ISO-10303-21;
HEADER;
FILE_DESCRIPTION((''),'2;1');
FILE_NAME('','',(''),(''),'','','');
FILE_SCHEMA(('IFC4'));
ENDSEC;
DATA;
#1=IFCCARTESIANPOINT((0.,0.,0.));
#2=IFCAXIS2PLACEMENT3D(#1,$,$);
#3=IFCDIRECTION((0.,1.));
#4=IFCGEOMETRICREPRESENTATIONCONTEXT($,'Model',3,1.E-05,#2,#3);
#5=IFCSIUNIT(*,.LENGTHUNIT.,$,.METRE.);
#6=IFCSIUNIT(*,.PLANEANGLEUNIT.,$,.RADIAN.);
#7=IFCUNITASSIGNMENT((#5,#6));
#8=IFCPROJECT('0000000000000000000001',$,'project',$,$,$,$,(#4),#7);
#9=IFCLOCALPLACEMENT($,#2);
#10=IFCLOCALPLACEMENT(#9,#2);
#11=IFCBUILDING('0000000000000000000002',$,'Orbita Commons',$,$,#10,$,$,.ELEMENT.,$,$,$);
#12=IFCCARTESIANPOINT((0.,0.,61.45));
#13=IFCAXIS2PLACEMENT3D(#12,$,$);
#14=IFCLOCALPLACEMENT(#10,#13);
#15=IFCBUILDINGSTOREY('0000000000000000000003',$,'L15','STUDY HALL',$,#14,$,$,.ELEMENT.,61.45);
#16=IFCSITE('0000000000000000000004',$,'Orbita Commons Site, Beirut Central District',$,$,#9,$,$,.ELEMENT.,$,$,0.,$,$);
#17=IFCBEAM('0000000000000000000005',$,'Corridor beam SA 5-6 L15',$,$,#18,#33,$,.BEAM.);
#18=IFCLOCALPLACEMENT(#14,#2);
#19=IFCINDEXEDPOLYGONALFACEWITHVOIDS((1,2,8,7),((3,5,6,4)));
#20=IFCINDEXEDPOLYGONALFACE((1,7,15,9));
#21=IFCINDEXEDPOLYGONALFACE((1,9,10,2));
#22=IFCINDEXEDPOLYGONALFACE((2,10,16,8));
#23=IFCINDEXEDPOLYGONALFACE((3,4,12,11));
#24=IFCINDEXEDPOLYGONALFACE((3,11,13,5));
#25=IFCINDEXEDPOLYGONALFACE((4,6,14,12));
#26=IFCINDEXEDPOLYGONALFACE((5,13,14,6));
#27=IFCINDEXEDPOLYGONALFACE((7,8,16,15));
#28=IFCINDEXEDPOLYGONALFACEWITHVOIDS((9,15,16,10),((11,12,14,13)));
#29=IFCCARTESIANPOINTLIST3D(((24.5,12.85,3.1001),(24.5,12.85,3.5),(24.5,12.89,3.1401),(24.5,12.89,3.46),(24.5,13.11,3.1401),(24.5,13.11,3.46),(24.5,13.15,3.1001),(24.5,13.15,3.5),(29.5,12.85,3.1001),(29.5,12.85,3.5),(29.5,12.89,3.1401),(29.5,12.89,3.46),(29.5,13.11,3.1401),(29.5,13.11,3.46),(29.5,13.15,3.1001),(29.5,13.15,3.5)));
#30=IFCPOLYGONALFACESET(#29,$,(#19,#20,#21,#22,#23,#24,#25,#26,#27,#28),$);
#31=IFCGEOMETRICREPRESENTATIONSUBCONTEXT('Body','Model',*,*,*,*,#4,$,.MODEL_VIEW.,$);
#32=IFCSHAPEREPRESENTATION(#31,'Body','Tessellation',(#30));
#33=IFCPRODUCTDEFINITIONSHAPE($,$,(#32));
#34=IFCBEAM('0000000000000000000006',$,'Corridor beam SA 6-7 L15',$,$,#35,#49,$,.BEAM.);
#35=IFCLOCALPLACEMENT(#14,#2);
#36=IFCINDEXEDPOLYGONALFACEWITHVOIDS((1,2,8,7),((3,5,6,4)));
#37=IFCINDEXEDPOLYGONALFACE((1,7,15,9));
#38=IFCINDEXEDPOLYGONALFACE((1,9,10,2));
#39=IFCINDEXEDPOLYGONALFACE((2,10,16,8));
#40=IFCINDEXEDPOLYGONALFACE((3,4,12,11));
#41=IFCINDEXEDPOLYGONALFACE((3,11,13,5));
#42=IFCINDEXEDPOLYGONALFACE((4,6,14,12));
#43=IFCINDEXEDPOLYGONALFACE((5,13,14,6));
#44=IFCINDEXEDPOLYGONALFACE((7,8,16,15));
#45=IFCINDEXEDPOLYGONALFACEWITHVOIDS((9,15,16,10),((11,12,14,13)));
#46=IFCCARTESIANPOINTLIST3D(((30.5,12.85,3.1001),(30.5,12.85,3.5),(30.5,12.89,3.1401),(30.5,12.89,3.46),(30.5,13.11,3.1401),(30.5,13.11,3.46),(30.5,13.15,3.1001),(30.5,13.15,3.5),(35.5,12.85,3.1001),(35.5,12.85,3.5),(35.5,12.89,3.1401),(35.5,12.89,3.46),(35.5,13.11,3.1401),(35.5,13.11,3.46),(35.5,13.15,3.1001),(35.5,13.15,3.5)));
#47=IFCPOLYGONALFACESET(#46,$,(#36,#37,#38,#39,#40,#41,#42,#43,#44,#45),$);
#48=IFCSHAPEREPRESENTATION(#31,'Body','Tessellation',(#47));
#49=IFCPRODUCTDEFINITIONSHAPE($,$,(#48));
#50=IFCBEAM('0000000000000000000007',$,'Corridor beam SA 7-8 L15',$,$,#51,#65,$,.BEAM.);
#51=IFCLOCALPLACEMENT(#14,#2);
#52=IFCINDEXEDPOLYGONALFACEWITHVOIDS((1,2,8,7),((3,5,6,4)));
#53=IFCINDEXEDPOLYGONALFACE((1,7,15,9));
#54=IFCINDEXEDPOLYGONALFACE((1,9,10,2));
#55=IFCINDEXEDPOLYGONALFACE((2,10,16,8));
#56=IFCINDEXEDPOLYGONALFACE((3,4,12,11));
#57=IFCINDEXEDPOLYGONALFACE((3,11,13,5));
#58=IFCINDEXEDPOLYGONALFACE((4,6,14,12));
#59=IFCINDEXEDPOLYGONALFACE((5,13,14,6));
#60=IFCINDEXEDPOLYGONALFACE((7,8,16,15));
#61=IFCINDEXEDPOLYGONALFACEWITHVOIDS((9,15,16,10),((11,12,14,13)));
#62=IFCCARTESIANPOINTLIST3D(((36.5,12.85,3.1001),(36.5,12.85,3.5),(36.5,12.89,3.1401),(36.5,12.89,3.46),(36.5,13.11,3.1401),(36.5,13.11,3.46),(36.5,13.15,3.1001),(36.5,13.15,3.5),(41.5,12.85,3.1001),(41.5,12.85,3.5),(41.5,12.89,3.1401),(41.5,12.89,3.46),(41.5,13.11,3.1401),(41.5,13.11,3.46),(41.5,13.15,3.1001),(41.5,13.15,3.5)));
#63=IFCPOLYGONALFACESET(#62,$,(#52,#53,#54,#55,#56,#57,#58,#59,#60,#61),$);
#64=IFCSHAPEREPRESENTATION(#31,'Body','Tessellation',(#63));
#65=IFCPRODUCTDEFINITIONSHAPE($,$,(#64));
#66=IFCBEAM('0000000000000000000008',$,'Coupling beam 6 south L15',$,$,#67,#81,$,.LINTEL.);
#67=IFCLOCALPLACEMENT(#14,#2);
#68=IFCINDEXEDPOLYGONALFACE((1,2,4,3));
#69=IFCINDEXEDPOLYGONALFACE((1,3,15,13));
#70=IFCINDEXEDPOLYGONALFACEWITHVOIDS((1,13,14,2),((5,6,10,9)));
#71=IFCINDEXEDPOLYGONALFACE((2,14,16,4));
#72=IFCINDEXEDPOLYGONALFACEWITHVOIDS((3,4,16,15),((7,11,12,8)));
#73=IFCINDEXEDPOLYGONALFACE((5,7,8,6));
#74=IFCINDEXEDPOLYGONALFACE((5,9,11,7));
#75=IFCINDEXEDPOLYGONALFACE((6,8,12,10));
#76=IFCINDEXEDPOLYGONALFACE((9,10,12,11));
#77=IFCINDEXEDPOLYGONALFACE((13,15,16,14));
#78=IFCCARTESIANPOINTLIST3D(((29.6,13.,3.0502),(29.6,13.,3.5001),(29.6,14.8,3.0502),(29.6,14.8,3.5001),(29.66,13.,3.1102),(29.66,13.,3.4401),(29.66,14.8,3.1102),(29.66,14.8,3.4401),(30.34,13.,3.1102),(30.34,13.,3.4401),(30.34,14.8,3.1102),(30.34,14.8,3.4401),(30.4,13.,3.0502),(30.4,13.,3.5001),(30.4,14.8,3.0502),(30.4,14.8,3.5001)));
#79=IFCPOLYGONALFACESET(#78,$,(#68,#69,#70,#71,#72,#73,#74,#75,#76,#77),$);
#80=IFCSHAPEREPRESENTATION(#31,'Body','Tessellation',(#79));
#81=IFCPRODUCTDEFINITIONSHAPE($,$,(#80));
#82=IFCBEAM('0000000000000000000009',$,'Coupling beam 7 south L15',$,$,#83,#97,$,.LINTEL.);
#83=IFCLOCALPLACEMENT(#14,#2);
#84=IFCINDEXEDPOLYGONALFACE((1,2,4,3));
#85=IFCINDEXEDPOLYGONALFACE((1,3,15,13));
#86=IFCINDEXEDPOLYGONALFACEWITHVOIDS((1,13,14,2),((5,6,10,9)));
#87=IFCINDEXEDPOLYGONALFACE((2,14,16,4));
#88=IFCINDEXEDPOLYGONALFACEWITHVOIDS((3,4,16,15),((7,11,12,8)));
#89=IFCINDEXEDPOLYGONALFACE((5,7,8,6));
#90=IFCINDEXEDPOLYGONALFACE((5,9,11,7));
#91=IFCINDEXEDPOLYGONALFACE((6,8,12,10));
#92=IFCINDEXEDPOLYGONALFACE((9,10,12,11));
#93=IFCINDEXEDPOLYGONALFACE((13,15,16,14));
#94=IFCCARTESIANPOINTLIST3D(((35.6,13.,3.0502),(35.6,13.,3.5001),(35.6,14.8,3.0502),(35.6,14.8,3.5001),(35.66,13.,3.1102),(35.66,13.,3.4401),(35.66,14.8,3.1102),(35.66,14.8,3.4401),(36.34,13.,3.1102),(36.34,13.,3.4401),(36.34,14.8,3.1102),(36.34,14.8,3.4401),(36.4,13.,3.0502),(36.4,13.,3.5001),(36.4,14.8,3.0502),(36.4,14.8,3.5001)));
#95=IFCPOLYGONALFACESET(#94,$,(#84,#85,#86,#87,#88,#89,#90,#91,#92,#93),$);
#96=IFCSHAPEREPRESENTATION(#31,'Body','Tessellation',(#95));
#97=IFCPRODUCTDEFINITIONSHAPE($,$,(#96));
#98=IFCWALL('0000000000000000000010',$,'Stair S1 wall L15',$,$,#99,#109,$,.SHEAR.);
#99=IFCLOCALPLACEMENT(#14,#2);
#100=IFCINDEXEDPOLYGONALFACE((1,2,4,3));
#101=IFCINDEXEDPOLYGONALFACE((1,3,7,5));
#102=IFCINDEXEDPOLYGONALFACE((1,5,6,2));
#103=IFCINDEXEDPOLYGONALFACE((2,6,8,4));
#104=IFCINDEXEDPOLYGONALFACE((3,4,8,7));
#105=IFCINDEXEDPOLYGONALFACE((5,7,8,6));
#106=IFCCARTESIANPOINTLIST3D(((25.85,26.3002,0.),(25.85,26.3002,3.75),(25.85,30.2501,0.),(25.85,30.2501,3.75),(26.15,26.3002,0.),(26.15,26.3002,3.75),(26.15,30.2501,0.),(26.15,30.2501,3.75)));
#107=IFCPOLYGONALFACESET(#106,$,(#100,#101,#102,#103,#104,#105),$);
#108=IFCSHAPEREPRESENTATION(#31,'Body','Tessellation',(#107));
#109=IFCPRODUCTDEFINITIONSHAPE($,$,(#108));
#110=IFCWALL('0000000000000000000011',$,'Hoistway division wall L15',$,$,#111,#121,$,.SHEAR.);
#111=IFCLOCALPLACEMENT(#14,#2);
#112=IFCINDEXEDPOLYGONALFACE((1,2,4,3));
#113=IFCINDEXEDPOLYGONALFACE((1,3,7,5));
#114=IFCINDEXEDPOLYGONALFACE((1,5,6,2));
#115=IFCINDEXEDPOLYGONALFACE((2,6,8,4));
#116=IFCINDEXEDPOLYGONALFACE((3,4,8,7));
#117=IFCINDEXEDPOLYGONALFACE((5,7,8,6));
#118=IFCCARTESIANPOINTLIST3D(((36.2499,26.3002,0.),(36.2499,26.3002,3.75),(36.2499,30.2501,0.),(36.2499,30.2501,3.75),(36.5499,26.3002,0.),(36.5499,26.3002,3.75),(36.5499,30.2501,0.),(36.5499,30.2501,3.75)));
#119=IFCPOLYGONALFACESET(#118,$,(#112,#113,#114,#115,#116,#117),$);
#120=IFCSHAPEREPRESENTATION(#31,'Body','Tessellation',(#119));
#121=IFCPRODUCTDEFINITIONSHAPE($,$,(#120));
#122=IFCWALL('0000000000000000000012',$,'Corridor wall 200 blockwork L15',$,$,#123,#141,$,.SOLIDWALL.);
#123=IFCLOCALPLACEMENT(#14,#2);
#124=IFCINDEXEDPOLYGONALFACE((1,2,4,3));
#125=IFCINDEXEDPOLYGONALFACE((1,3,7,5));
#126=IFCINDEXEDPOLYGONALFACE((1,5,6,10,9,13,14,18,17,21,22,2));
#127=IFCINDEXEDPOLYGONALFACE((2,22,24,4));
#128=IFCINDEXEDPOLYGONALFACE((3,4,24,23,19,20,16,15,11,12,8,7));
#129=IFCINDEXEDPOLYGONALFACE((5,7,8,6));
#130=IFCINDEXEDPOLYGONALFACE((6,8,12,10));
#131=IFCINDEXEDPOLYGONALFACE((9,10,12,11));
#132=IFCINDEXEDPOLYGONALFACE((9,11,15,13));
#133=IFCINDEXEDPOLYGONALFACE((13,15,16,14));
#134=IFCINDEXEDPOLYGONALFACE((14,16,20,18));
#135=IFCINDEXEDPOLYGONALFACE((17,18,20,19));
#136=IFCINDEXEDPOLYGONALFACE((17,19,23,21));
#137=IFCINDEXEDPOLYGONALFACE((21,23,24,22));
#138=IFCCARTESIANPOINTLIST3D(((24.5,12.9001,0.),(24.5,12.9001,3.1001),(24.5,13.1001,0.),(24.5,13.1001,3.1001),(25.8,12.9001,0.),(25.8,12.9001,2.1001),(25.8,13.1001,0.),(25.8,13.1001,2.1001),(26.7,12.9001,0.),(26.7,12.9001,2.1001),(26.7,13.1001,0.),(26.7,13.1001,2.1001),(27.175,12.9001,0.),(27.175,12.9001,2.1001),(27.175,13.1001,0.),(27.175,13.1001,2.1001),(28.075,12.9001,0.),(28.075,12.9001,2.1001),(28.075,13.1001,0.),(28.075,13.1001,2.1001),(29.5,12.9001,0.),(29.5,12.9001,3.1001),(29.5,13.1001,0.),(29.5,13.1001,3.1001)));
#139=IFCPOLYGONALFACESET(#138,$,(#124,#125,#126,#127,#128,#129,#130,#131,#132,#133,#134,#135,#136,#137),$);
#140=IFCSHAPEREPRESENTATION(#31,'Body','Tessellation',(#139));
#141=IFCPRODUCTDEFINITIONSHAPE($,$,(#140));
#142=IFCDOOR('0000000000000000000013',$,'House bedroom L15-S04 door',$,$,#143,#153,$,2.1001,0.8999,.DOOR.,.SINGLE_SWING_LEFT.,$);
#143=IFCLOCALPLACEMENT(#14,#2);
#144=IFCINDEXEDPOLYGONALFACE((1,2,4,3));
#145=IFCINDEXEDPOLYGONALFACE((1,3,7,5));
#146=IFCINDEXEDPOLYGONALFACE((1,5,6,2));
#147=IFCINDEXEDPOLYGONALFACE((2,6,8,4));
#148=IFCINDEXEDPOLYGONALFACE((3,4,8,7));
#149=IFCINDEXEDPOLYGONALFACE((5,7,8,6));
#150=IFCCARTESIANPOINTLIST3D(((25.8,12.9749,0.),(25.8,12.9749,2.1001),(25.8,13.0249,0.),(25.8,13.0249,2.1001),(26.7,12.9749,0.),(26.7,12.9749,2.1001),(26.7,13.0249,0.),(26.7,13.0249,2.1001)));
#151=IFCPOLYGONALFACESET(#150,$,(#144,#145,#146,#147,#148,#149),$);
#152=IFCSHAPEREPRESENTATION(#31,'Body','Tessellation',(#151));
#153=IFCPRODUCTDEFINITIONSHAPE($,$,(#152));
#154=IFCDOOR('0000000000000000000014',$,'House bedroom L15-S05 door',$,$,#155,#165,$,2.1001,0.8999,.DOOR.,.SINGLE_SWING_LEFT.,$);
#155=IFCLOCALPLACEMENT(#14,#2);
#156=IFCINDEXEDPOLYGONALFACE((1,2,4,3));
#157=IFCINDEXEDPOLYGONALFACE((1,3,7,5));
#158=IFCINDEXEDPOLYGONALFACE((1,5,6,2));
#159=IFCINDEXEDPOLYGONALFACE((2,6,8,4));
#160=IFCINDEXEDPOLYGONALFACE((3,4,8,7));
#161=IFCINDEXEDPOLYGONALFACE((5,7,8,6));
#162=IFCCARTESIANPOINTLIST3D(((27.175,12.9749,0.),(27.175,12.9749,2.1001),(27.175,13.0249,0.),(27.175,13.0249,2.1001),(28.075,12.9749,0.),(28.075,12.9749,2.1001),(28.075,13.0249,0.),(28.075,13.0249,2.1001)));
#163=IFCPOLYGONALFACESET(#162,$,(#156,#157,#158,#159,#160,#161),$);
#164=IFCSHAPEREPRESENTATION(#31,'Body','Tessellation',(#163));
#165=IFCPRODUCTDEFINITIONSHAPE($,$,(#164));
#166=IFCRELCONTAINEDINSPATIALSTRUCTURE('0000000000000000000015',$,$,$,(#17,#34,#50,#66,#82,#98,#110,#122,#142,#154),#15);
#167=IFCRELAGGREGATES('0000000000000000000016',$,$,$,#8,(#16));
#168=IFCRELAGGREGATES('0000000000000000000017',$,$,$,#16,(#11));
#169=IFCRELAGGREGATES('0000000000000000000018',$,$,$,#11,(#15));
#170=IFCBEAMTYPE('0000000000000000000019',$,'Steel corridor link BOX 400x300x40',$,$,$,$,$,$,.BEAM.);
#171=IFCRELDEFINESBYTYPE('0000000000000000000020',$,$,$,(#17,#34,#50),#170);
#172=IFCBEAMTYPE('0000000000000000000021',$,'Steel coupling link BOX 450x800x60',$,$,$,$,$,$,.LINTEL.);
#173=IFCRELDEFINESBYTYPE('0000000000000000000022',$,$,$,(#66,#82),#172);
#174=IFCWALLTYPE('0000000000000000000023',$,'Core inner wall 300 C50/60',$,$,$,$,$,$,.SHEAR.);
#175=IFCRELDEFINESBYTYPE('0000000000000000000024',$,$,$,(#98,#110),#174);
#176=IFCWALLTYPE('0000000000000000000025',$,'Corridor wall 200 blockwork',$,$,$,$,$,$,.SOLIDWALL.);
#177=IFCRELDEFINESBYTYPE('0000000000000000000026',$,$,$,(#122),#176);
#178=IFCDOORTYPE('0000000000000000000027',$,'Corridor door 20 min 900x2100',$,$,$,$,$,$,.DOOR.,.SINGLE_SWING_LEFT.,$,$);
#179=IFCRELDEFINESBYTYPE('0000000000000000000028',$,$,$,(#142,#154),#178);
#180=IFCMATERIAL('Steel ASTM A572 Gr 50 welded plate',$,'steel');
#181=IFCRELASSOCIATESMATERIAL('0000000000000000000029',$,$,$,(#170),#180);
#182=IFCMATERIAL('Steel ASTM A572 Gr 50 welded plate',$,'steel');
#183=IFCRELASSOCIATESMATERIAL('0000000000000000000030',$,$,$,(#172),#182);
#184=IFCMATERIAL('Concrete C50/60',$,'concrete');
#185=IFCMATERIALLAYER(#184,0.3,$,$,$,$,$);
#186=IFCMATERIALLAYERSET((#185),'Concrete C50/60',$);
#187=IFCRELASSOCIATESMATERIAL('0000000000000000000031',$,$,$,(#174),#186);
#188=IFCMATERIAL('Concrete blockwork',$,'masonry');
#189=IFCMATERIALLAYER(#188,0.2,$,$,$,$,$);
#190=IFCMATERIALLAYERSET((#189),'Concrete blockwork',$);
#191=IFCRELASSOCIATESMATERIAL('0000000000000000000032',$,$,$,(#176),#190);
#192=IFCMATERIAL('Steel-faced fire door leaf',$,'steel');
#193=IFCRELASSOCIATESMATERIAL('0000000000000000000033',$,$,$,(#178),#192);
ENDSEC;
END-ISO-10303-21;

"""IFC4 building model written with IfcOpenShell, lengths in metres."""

from ifc_helpers import new_model, si_unit, direction, frame, frame_2d, origin, origin_2d, place, context, subcontext, project, spatial, polyline, rectangle, hollow_rectangle, outline, extrude, material, layer, layer_set, material_profile, profile_set, type_object, element, fill, save


model = new_model("IFC4")

# Units and contexts
model_context = context("Model", 3, precision=1e-05, world=origin(), true_north=direction((0.0, 1.0)))
body_context = subcontext(model_context, "Body", "Model", "MODEL_VIEW")
ifc_project = project(units=[si_unit("LENGTHUNIT", "METRE"), si_unit("PLANEANGLEUNIT", "RADIAN")], contexts=[model_context])

# Site, building, storey
site_placement = place(None, origin())
site = spatial("IfcSite", under=ifc_project, at=site_placement, Name="Orbita Commons Site, Beirut Central District", CompositionType="ELEMENT", RefElevation=0.0)
building_placement = place(site_placement, origin())
building = spatial("IfcBuilding", under=site, at=building_placement, Name="Orbita Commons", CompositionType="ELEMENT")
storey_placement = place(building_placement, frame((0.0, 0.0, 61.45)))
storey = spatial("IfcBuildingStorey", under=building, at=storey_placement, Name="L15", Description="STUDY HALL", CompositionType="ELEMENT", Elevation=61.45)

# Beams
ifc_material_1 = material(Name="Steel ASTM A572 Gr 50 welded plate", Category="steel")
ifc_material_profile_1 = material_profile(ifc_material_1, hollow_rectangle(XDim=0.3, YDim=0.3999, WallThickness=0.04, at=origin_2d()), Name="BOX 400x300x40")
ifc_profile_set_1 = profile_set([ifc_material_profile_1], Name="Steel ASTM A572 Gr 50 welded plate")
beam_type_1 = type_object("IfcBeamType", Name="Steel corridor link BOX 400x300x40", PredefinedType="BEAM", material=ifc_profile_set_1)
for number, where, z_axis, x_axis, name in (
    (1, (24.5, 13.0, 3.3), (1.0, 0.0, 0.0), (0.0, 1.0, 0.0), "Corridor beam SA 5-6 L15"),
    (2, (30.5, 13.0, 3.3), (1.0, 0.0, 0.0), (0.0, 1.0, 0.0), "Corridor beam SA 6-7 L15"),
    (3, (36.5, 13.0, 3.3), (1.0, 0.0, 0.0), (0.0, 1.0, 0.0), "Corridor beam SA 7-8 L15"),
):
    element("IfcBeam", number, at=place(storey_placement, frame(where, z_axis=z_axis, x_axis=x_axis)), inside=storey, type_object=beam_type_1, Name=name, PredefinedType="BEAM", context=body_context, shape_type="SweptSolid", body=[
        extrude(hollow_rectangle(XDim=0.3, YDim=0.3999, WallThickness=0.04, at=origin_2d()), origin(), (0.0, 0.0, 1.0), 5.0),
    ])
ifc_material_2 = material(Name="Steel ASTM A572 Gr 50 welded plate", Category="steel")
ifc_material_profile_2 = material_profile(ifc_material_2, hollow_rectangle(XDim=0.8, YDim=0.45, WallThickness=0.0601, at=origin_2d()), Name="BOX 450x800x60")
ifc_profile_set_2 = profile_set([ifc_material_profile_2], Name="Steel ASTM A572 Gr 50 welded plate")
beam_type_2 = type_object("IfcBeamType", Name="Steel coupling link BOX 450x800x60", PredefinedType="LINTEL", material=ifc_profile_set_2)
for number, where, z_axis, x_axis, name in (
    (4, (30.0, 13.0, 3.2751), (0.0, 1.0, 0.0), (-1.0, 0.0, 0.0), "Coupling beam 6 south L15"),
    (5, (36.0, 13.0, 3.2751), (0.0, 1.0, 0.0), (-1.0, 0.0, 0.0), "Coupling beam 7 south L15"),
):
    element("IfcBeam", number, at=place(storey_placement, frame(where, z_axis=z_axis, x_axis=x_axis)), inside=storey, type_object=beam_type_2, Name=name, PredefinedType="LINTEL", context=body_context, shape_type="SweptSolid", body=[
        extrude(hollow_rectangle(XDim=0.8, YDim=0.45, WallThickness=0.0601, at=origin_2d()), origin(), (0.0, 0.0, 1.0), 1.8),
    ])

# Walls
ifc_material_3 = material(Name="Concrete C50/60", Category="concrete")
ifc_layer_1 = layer(ifc_material_3, 0.3)
ifc_layer_set_1 = layer_set([ifc_layer_1], Name="Concrete C50/60")
wall_type_1 = type_object("IfcWallType", Name="Core inner wall 300 C50/60", PredefinedType="SHEAR", material=ifc_layer_set_1)
for number, where, z_axis, x_axis, name in (
    (6, (26.0, 26.3, 0.0), (0.0, 0.0, 1.0), (0.0, 1.0, 0.0), "Stair S1 wall L15"),
    (7, (36.3999, 26.3, 0.0), (0.0, 0.0, 1.0), (0.0, 1.0, 0.0), "Hoistway division wall L15"),
):
    element("IfcWall", number, at=place(storey_placement, frame(where, z_axis=z_axis, x_axis=x_axis)), inside=storey, type_object=wall_type_1, Name=name, PredefinedType="SHEAR", context=body_context, shape_type="SweptSolid", body=[
        extrude(rectangle(XDim=3.95, YDim=0.3, at=frame_2d((1.9751, 0.0))), origin(), (0.0, 0.0, 1.0), 3.75),
    ])

# Wall, openings, doors
ifc_material_4 = material(Name="Concrete blockwork", Category="masonry")
ifc_layer_2 = layer(ifc_material_4, 0.2)
ifc_layer_set_2 = layer_set([ifc_layer_2], Name="Concrete blockwork")
wall_type_2 = type_object("IfcWallType", Name="Corridor wall 200 blockwork", PredefinedType="SOLIDWALL", material=ifc_layer_set_2)
wall_1_placement = place(storey_placement, frame((24.5, 13.0, 0.0), z_axis=(0.0, 0.0, 1.0), x_axis=(1.0, 0.0, 0.0)))
wall_1 = element("IfcWall", 8, at=wall_1_placement, inside=storey, type_object=wall_type_2, Name="Corridor wall 200 blockwork L15", PredefinedType="SOLIDWALL", context=body_context, shape_type="SweptSolid", body=[
    extrude(outline(polyline([(0.0, 0.0), (5.0, 0.0), (5.0, 3.1001), (0.0, 3.1001), (0.0, 0.0)])), frame((0.0, 0.1001, 0.0), z_axis=(0.0, -1.0, 0.0), x_axis=(1.0, 0.0, 0.0)), (0.0, 0.0, 1.0), 0.2),
])
opening_1_placement = place(wall_1_placement, frame((1.3, 0.0, 0.0)))
opening_1 = element("IfcOpeningElement", 9, at=opening_1_placement, cuts=wall_1, PredefinedType="OPENING", context=body_context, shape_type="SweptSolid", body=[
    extrude(rectangle(XDim=0.8999, YDim=2.1001, at=frame_2d((0.45, 1.05))), frame((0.0, 0.1099, 0.0), z_axis=(0.0, -1.0, 0.0), x_axis=(1.0, 0.0, 0.0)), (0.0, 0.0, 1.0), 0.22),
])
opening_2_placement = place(wall_1_placement, frame((2.675, 0.0, 0.0)))
opening_2 = element("IfcOpeningElement", 10, at=opening_2_placement, cuts=wall_1, PredefinedType="OPENING", context=body_context, shape_type="SweptSolid", body=[
    extrude(rectangle(XDim=0.8999, YDim=2.1001, at=frame_2d((0.45, 1.05))), frame((0.0, 0.1099, 0.0), z_axis=(0.0, -1.0, 0.0), x_axis=(1.0, 0.0, 0.0)), (0.0, 0.0, 1.0), 0.22),
])
ifc_material_5 = material(Name="Steel-faced fire door leaf", Category="steel")
door_type_1 = type_object("IfcDoorType", Name="Corridor door 20 min 900x2100", OperationType="SINGLE_SWING_LEFT", PredefinedType="DOOR", material=ifc_material_5)
door_1_placement = place(opening_1_placement, origin())
door_1 = element("IfcDoor", 11, at=door_1_placement, inside=storey, type_object=door_type_1, Name="House bedroom L15-S04 door", OperationType="SINGLE_SWING_LEFT", OverallHeight=2.1001, OverallWidth=0.8999, PredefinedType="DOOR", context=body_context, shape_type="SweptSolid", body=[
    extrude(rectangle(XDim=0.8999, YDim=2.1001, at=frame_2d((0.45, 1.05))), frame((0.0, 0.0249, 0.0), z_axis=(0.0, -1.0, 0.0), x_axis=(1.0, 0.0, 0.0)), (0.0, 0.0, 1.0), 0.05),
])
fill(opening_1, door_1)
door_2_placement = place(opening_2_placement, origin())
door_2 = element("IfcDoor", 12, at=door_2_placement, inside=storey, type_object=door_type_1, Name="House bedroom L15-S05 door", OperationType="SINGLE_SWING_LEFT", OverallHeight=2.1001, OverallWidth=0.8999, PredefinedType="DOOR", context=body_context, shape_type="SweptSolid", body=[
    extrude(rectangle(XDim=0.8999, YDim=2.1001, at=frame_2d((0.45, 1.05))), frame((0.0, 0.0249, 0.0), z_axis=(0.0, -1.0, 0.0), x_axis=(1.0, 0.0, 0.0)), (0.0, 0.0, 1.0), 0.05),
])
fill(opening_2, door_2)

save(model, "model.ifc")
